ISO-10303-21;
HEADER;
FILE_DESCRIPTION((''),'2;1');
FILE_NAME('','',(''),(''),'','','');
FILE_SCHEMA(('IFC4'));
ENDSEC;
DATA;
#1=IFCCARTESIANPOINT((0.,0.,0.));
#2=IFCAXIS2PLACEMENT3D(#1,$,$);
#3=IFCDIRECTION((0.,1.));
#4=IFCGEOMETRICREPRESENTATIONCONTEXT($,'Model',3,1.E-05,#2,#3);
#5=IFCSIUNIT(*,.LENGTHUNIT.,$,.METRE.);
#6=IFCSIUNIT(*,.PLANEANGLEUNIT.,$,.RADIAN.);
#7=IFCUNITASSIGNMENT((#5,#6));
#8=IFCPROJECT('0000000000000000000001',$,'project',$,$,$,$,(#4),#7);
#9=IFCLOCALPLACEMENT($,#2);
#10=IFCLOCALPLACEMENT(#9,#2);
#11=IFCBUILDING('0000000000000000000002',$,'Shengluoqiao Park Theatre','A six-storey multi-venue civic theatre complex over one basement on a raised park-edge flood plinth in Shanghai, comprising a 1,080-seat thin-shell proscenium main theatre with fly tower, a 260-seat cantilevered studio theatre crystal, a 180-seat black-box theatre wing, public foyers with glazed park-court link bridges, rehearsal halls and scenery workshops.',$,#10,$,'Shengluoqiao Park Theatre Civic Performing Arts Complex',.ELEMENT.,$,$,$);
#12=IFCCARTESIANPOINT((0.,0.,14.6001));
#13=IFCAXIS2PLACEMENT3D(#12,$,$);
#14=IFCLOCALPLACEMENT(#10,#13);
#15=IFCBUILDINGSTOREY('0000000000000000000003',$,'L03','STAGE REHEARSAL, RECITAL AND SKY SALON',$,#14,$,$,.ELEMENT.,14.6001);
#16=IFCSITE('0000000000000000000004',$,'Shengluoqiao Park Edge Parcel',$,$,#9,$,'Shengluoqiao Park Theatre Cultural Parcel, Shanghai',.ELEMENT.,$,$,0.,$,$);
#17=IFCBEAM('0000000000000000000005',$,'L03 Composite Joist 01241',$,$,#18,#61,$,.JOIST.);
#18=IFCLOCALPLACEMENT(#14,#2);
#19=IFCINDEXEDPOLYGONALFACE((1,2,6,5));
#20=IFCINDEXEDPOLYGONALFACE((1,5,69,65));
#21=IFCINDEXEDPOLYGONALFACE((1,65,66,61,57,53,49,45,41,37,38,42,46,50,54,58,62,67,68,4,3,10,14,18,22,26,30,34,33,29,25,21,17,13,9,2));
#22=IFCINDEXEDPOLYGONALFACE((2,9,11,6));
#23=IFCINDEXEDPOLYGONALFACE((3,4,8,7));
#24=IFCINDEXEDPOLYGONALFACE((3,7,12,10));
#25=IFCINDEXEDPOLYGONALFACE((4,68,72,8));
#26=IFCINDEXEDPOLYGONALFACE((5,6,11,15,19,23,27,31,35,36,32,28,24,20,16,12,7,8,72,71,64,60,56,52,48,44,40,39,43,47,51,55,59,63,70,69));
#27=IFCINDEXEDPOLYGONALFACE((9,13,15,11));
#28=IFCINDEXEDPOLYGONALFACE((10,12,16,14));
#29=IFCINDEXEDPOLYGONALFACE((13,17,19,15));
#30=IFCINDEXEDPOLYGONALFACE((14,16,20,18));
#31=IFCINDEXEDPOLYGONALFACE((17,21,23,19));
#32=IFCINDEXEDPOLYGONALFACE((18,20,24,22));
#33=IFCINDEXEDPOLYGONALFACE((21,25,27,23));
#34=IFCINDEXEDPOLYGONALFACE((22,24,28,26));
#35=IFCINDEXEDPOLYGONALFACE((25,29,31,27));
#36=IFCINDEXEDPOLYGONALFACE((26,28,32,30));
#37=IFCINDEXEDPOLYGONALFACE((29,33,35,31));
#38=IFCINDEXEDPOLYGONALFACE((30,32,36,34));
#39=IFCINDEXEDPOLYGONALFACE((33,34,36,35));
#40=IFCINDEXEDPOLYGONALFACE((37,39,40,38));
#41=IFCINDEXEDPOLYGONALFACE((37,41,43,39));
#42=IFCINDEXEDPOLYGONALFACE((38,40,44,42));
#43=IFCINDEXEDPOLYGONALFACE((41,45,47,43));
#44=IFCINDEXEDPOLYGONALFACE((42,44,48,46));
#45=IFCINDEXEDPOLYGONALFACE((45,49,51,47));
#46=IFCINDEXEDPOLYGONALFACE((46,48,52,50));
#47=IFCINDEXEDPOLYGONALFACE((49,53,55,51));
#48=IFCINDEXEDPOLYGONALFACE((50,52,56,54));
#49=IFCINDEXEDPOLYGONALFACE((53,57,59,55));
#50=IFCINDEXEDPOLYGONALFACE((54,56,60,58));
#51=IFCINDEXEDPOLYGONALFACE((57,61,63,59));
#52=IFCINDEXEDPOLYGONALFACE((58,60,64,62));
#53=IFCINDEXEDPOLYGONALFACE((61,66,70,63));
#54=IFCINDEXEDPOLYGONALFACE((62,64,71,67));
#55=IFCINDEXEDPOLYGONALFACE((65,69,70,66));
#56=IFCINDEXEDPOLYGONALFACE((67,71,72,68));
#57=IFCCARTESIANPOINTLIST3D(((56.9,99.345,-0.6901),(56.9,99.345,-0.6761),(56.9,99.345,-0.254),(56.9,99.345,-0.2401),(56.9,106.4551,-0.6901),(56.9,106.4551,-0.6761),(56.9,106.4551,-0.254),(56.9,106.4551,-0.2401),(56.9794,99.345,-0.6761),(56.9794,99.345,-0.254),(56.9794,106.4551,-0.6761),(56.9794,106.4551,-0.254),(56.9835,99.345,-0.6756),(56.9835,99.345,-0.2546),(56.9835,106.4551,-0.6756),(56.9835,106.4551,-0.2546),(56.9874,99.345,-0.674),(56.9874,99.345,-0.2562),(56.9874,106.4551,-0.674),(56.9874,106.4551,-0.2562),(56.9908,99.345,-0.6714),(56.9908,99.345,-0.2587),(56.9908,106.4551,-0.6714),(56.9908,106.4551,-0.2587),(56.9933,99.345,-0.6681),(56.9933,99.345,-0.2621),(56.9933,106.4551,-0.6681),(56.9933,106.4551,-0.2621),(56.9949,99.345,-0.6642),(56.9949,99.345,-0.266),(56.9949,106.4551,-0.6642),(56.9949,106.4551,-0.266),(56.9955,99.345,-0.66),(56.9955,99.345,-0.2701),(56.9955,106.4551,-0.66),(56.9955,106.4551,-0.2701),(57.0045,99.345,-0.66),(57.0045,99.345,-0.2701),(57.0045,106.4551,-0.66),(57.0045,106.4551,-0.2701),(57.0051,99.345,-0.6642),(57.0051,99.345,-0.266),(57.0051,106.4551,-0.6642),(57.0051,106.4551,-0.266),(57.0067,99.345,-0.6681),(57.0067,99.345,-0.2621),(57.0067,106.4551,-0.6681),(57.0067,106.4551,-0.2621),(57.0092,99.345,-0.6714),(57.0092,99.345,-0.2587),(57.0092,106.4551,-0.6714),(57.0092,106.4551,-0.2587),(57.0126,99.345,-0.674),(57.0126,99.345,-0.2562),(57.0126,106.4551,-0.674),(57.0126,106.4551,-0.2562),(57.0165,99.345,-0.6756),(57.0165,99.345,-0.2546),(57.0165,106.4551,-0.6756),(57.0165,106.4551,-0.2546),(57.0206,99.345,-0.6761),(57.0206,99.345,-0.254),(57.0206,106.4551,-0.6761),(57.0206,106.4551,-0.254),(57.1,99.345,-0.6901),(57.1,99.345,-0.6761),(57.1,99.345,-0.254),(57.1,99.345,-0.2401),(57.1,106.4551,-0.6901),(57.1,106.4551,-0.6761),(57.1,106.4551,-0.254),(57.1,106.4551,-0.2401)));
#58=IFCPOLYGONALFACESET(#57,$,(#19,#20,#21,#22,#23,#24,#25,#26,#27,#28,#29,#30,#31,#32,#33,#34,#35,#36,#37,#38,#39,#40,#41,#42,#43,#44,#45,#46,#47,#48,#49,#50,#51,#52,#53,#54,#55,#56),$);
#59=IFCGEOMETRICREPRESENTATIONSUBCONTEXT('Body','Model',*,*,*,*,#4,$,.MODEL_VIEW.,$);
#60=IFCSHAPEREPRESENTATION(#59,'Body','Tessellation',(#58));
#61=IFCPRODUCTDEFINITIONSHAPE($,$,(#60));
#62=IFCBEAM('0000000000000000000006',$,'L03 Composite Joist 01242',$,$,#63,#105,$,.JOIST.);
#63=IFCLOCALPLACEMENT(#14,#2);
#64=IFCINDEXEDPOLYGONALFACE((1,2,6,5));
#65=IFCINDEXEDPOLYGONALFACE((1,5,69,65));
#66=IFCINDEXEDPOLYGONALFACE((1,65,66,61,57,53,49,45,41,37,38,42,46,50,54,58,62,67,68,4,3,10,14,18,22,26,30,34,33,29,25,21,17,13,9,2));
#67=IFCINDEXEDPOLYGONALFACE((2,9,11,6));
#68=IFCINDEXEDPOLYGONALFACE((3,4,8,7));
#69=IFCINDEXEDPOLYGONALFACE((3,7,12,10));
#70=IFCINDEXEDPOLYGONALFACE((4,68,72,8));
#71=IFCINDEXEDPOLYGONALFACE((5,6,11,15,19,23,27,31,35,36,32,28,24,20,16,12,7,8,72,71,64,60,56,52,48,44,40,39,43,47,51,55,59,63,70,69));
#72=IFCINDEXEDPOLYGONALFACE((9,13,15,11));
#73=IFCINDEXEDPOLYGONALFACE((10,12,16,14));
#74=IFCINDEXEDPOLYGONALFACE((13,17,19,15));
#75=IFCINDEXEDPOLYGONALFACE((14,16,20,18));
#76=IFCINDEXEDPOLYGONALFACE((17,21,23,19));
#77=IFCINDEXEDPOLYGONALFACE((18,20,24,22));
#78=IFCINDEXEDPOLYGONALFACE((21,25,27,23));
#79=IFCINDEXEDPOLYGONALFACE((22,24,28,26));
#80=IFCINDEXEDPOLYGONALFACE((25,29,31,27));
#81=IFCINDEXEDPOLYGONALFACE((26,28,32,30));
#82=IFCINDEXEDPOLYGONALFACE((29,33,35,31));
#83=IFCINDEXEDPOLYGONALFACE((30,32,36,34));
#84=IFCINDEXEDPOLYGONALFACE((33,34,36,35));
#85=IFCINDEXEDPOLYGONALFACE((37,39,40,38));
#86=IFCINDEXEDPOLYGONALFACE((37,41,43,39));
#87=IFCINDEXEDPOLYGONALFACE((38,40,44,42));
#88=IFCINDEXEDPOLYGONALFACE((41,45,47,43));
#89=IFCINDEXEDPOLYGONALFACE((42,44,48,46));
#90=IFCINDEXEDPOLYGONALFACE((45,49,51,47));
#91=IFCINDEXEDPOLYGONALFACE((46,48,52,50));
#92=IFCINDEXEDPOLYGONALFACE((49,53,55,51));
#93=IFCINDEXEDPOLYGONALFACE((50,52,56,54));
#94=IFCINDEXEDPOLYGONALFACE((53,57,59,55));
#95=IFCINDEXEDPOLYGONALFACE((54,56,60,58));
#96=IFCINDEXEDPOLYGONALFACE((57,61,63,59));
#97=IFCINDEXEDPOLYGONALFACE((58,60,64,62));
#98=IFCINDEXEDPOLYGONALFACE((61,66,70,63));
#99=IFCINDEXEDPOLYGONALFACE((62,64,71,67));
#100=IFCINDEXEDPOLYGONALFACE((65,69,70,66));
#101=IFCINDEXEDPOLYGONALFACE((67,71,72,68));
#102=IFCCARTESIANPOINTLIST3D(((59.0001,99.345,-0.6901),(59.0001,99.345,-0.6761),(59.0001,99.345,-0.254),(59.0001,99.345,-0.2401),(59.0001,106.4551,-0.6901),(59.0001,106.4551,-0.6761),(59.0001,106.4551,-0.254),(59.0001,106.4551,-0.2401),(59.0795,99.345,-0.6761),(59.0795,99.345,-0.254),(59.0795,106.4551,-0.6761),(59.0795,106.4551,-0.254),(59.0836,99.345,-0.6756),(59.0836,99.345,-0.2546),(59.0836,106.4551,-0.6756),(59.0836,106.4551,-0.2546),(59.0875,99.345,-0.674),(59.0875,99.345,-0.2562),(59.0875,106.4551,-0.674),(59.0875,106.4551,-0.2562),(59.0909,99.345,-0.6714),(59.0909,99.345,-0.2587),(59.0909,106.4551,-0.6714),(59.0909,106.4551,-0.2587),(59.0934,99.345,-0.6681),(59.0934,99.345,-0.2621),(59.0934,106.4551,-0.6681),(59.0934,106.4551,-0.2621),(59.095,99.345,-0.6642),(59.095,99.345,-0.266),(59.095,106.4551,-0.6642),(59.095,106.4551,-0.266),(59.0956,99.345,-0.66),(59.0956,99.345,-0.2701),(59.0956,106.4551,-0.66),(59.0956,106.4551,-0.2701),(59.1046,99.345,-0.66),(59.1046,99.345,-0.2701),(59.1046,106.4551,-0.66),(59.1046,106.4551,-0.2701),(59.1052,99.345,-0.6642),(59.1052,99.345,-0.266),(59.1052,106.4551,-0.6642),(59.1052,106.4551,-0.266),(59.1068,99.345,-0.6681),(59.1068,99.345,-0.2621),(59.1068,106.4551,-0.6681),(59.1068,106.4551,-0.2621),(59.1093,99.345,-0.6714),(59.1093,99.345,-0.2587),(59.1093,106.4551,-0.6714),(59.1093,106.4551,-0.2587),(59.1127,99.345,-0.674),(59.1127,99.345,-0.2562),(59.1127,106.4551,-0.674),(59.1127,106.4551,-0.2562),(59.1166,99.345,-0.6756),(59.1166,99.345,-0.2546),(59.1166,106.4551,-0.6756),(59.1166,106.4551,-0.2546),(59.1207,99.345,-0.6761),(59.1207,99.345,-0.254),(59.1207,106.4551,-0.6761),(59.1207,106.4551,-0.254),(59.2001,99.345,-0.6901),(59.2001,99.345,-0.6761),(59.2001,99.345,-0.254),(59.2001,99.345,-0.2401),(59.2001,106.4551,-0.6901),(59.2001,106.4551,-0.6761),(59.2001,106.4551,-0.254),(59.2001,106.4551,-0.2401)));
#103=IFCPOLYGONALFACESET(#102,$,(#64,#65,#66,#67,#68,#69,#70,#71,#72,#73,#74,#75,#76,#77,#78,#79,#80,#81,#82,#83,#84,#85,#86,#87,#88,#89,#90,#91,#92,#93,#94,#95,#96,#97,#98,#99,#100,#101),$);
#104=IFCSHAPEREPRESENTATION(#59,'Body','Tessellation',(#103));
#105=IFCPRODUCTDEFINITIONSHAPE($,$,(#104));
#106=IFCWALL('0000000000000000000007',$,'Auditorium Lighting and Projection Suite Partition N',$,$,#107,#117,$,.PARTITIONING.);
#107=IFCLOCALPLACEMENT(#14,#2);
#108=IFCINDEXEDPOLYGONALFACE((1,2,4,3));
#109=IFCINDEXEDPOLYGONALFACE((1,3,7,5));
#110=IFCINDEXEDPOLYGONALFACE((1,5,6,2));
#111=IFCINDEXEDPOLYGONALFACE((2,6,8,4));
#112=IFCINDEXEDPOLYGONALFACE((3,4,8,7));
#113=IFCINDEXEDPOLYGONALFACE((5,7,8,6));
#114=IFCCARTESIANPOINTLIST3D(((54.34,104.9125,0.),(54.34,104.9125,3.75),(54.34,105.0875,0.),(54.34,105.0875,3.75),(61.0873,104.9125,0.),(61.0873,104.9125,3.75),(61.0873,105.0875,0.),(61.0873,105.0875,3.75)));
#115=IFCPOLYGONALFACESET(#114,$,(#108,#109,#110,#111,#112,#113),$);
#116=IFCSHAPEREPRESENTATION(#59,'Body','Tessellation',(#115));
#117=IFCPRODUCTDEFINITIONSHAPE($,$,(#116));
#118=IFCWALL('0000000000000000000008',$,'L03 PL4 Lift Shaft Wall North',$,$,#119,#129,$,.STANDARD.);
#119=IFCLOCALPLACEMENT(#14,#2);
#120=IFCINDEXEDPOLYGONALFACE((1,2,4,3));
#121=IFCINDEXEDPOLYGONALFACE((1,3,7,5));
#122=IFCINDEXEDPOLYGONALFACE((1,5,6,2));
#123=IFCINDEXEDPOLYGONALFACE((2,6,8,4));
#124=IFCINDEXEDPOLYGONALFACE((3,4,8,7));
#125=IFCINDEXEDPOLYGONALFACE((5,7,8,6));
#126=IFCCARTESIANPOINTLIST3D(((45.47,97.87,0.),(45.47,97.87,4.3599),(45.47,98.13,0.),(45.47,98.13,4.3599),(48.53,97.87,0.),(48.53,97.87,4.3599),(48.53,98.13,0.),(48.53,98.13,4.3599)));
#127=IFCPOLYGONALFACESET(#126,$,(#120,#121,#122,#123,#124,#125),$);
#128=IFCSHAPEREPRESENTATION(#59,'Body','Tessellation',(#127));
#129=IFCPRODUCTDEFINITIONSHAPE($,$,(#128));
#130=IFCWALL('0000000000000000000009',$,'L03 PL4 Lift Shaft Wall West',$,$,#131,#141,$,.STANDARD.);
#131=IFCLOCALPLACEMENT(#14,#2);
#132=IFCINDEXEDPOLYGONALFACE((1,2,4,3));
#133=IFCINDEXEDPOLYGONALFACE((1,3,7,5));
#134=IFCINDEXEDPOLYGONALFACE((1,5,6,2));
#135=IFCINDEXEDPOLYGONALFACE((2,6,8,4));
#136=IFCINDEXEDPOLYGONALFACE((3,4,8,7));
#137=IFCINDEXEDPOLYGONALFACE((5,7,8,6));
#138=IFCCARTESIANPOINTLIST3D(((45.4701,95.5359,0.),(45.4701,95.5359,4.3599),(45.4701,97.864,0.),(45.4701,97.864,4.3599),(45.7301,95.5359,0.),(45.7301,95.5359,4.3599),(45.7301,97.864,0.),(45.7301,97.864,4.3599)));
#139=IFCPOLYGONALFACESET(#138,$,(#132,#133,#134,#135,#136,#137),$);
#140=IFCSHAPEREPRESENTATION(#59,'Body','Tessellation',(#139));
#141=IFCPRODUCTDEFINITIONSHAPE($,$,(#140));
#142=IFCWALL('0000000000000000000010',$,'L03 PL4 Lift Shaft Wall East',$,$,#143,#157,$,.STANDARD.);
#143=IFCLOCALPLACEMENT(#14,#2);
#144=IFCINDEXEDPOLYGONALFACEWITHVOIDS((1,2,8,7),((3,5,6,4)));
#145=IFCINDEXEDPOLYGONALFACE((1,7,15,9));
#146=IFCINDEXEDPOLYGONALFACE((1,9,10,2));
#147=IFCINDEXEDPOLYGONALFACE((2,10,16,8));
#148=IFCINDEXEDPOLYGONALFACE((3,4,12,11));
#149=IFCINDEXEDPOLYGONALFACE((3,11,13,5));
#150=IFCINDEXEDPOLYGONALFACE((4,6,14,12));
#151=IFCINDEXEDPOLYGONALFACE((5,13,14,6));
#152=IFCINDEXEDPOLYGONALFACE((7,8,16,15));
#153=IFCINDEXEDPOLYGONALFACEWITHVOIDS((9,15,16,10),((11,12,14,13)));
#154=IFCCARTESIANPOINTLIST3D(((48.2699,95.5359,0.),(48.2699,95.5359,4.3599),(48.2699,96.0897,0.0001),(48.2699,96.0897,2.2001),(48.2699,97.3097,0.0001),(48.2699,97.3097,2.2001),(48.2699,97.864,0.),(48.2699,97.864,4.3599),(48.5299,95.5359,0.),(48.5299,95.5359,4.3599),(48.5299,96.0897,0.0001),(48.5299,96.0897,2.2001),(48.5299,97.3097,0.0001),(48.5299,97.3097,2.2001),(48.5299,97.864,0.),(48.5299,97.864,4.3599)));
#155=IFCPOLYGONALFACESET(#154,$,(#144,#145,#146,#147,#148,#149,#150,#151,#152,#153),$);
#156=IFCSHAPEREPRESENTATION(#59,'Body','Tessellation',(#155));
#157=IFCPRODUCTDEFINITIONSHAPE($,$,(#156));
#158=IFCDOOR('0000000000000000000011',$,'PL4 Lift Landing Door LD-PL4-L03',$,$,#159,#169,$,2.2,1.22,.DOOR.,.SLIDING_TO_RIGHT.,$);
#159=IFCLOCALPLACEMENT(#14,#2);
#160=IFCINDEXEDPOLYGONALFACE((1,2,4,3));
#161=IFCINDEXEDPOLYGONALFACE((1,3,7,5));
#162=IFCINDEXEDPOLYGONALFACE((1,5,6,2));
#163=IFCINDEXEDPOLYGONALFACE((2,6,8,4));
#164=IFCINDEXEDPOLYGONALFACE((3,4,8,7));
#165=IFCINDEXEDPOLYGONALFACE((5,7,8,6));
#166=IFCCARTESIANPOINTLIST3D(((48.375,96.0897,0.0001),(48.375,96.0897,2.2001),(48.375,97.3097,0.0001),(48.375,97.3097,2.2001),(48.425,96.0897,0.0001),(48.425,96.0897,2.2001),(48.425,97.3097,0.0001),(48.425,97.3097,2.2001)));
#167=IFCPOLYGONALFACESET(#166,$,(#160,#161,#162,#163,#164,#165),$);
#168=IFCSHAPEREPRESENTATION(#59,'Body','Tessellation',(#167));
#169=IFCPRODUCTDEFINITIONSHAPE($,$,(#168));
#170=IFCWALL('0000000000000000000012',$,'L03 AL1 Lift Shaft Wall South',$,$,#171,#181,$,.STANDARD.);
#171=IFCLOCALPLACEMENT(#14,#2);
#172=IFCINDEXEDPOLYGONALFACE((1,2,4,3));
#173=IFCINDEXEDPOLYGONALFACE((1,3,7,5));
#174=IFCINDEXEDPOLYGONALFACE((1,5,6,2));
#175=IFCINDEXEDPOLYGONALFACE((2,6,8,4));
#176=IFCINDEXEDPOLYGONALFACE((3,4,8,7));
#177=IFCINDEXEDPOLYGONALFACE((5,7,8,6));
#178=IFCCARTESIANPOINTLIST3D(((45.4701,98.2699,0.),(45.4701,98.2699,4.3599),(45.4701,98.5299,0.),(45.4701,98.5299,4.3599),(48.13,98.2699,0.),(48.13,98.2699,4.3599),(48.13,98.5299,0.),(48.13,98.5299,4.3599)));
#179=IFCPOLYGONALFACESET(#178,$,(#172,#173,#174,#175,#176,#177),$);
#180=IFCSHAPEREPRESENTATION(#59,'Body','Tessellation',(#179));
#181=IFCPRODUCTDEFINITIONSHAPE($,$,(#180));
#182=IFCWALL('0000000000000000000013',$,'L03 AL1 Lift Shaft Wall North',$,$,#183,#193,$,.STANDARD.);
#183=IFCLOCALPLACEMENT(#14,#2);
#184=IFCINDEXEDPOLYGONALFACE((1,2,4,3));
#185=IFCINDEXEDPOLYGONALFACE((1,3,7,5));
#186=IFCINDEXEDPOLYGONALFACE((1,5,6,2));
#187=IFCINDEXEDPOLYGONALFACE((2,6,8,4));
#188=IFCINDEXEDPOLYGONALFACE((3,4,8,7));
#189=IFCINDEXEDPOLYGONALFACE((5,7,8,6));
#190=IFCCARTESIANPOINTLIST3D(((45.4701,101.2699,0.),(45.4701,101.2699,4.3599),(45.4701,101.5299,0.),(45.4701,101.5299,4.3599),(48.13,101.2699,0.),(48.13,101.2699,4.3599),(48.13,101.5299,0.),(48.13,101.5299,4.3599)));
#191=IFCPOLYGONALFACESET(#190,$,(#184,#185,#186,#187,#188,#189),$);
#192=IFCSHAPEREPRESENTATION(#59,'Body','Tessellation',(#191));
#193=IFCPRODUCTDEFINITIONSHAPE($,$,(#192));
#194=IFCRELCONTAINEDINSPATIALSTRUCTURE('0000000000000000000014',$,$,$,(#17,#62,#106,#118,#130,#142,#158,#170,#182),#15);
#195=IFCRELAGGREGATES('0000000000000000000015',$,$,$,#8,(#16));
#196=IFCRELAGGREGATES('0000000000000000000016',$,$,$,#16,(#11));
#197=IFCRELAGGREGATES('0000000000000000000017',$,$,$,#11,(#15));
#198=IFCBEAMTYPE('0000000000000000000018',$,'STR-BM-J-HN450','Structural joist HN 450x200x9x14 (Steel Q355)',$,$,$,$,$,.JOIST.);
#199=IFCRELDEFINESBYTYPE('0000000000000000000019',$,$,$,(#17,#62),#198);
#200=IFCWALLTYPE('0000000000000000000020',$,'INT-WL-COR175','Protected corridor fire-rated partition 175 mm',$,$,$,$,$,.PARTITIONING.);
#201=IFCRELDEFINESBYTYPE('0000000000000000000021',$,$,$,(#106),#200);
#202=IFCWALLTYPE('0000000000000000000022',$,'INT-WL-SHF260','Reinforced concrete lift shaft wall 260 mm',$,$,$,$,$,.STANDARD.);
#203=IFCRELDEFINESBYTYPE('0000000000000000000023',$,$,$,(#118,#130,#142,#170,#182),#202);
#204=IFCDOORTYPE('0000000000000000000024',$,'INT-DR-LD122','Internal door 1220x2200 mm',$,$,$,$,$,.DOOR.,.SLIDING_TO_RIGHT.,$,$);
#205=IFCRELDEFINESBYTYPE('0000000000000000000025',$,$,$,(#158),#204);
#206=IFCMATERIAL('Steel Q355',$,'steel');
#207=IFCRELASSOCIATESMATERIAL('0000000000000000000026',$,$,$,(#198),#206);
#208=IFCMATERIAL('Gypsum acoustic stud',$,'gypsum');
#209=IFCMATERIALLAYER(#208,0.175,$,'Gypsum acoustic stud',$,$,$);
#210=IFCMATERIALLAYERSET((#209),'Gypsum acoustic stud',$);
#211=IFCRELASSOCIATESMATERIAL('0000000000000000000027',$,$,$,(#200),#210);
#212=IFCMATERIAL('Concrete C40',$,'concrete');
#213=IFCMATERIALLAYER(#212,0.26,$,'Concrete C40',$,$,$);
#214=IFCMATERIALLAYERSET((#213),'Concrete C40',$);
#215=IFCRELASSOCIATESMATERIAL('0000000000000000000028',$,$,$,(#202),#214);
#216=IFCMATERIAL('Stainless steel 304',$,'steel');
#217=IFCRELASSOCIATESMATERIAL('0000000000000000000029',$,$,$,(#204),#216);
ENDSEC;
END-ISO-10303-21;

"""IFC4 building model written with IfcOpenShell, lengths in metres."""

from ifc_helpers import new_model, si_unit, direction, frame, frame_2d, origin, origin_2d, place, context, subcontext, project, spatial, rectangle, i_section, extrude, material, layer, layer_set, material_profile, profile_set, type_object, element, fill, save


model = new_model("IFC4")

# Units and contexts
model_context = context("Model", 3, precision=1e-05, world=origin(), true_north=direction((0.0, 1.0)))
body_context = subcontext(model_context, "Body", "Model", "MODEL_VIEW")
ifc_project = project(units=[si_unit("LENGTHUNIT", "METRE"), si_unit("PLANEANGLEUNIT", "RADIAN")], contexts=[model_context])

# Site, building, storey
site_placement = place(None, origin())
site = spatial("IfcSite", under=ifc_project, at=site_placement, Name="Shengluoqiao Park Edge Parcel", LongName="Shengluoqiao Park Theatre Cultural Parcel, Shanghai", CompositionType="ELEMENT", RefElevation=0.0)
building_placement = place(site_placement, origin())
building = spatial("IfcBuilding", under=site, at=building_placement, Name="Shengluoqiao Park Theatre", Description="A six-storey multi-venue civic theatre complex over one basement on a raised park-edge flood plinth in Shanghai, comprising a 1,080-seat thin-shell proscenium main theatre with fly tower, a 260-seat cantilevered studio theatre crystal, a 180-seat black-box theatre wing, public foyers with glazed park-court link bridges, rehearsal halls and scenery workshops.", LongName="Shengluoqiao Park Theatre Civic Performing Arts Complex", CompositionType="ELEMENT")
storey_placement = place(building_placement, frame((0.0, 0.0, 14.6001)))
storey = spatial("IfcBuildingStorey", under=building, at=storey_placement, Name="L03", Description="STAGE REHEARSAL, RECITAL AND SKY SALON", CompositionType="ELEMENT", Elevation=14.6001)

# Beams
ifc_material_1 = material(Name="Steel Q355", Category="steel")
ifc_material_profile_1 = material_profile(ifc_material_1, i_section(OverallWidth=0.2, OverallDepth=0.45, WebThickness=0.009, FlangeThickness=0.0139, FilletRadius=0.0161, at=origin_2d()), Name="HN 450x200x9x14")
ifc_profile_set_1 = profile_set([ifc_material_profile_1], Name="Steel Q355")
beam_type_1 = type_object("IfcBeamType", Name="STR-BM-J-HN450", Description="Structural joist HN 450x200x9x14 (Steel Q355)", PredefinedType="JOIST", material=ifc_profile_set_1)
for number, where, z_axis, x_axis, name in (
    (1, (57.0, 99.345, -0.4651), (0.0, 1.0, 0.0), (-1.0, 0.0, 0.0), "L03 Composite Joist 01241"),
    (2, (59.1001, 99.345, -0.4651), (0.0, 1.0, 0.0), (-1.0, 0.0, 0.0), "L03 Composite Joist 01242"),
):
    element("IfcBeam", number, at=place(storey_placement, frame(where, z_axis=z_axis, x_axis=x_axis)), inside=storey, type_object=beam_type_1, Name=name, PredefinedType="JOIST", context=body_context, shape_type="SweptSolid", body=[
        extrude(i_section(OverallWidth=0.2, OverallDepth=0.45, WebThickness=0.009, FlangeThickness=0.0139, FilletRadius=0.0161, at=origin_2d()), origin(), (0.0, 0.0, 1.0), 7.1101),
    ])

# Walls
ifc_material_2 = material(Name="Gypsum acoustic stud", Category="gypsum")
ifc_layer_1 = layer(ifc_material_2, 0.175, Name="Gypsum acoustic stud")
ifc_layer_set_1 = layer_set([ifc_layer_1], Name="Gypsum acoustic stud")
wall_type_1 = type_object("IfcWallType", Name="INT-WL-COR175", Description="Protected corridor fire-rated partition 175 mm", PredefinedType="PARTITIONING", material=ifc_layer_set_1)
wall_1_placement = place(storey_placement, frame((54.3401, 105.0, 0.0), z_axis=(0.0, 0.0, 1.0), x_axis=(1.0, 0.0, 0.0)))
element("IfcWall", 3, at=wall_1_placement, inside=storey, type_object=wall_type_1, Name="Auditorium Lighting and Projection Suite Partition N", PredefinedType="PARTITIONING", context=body_context, shape_type="SweptSolid", body=[
    extrude(rectangle(XDim=6.7473, YDim=0.175, at=frame_2d((3.3735, 0.0))), origin(), (0.0, 0.0, 1.0), 3.75),
])
ifc_material_3 = material(Name="Concrete C40", Category="concrete")
ifc_layer_2 = layer(ifc_material_3, 0.26, Name="Concrete C40")
ifc_layer_set_2 = layer_set([ifc_layer_2], Name="Concrete C40")
wall_type_2 = type_object("IfcWallType", Name="INT-WL-SHF260", Description="Reinforced concrete lift shaft wall 260 mm", PredefinedType="STANDARD", material=ifc_layer_set_2)
wall_2_placement = place(storey_placement, frame((45.47, 98.0, 0.0), z_axis=(0.0, 0.0, 1.0), x_axis=(1.0, 0.0, 0.0)))
element("IfcWall", 4, at=wall_2_placement, inside=storey, type_object=wall_type_2, Name="L03 PL4 Lift Shaft Wall North", PredefinedType="STANDARD", context=body_context, shape_type="SweptSolid", body=[
    extrude(rectangle(XDim=3.0601, YDim=0.26, at=frame_2d((1.53, 0.0))), origin(), (0.0, 0.0, 1.0), 4.3599),
])
wall_3_placement = place(storey_placement, frame((45.6001, 95.5359, 0.0), z_axis=(0.0, 0.0, 1.0), x_axis=(0.0, 1.0, 0.0)))
element("IfcWall", 5, at=wall_3_placement, inside=storey, type_object=wall_type_2, Name="L03 PL4 Lift Shaft Wall West", PredefinedType="STANDARD", context=body_context, shape_type="SweptSolid", body=[
    extrude(rectangle(XDim=2.3281, YDim=0.26, at=frame_2d((1.1641, 0.0))), origin(), (0.0, 0.0, 1.0), 4.3599),
])

# Wall, opening, door
wall_4_placement = place(storey_placement, frame((48.3999, 95.5359, 0.0), z_axis=(0.0, 0.0, 1.0), x_axis=(0.0, 1.0, 0.0)))
wall_4 = element("IfcWall", 6, at=wall_4_placement, inside=storey, type_object=wall_type_2, Name="L03 PL4 Lift Shaft Wall East", PredefinedType="STANDARD", context=body_context, shape_type="SweptSolid", body=[
    extrude(rectangle(XDim=2.3281, YDim=0.26, at=frame_2d((1.1641, 0.0))), origin(), (0.0, 0.0, 1.0), 4.3599),
])
opening_1_placement = place(wall_4_placement, frame((0.554, 0.0, 0.0)))
opening_1 = element("IfcOpeningElement", 7, at=opening_1_placement, cuts=wall_4, PredefinedType="OPENING", context=body_context, shape_type="SweptSolid", body=[
    extrude(rectangle(XDim=1.22, YDim=2.2, at=frame_2d((0.6099, 1.1001))), frame((0.0, 0.1399, 0.0), z_axis=(0.0, -1.0, 0.0), x_axis=(1.0, 0.0, 0.0)), (0.0, 0.0, 1.0), 0.28),
])
ifc_material_4 = material(Name="Stainless steel 304", Category="steel")
door_type_1 = type_object("IfcDoorType", Name="INT-DR-LD122", Description="Internal door 1220x2200 mm", OperationType="SLIDING_TO_RIGHT", PredefinedType="DOOR", material=ifc_material_4)
door_1_placement = place(opening_1_placement, origin())
door_1 = element("IfcDoor", 8, at=door_1_placement, inside=storey, type_object=door_type_1, Name="PL4 Lift Landing Door LD-PL4-L03", OperationType="SLIDING_TO_RIGHT", OverallHeight=2.2, OverallWidth=1.22, PredefinedType="DOOR", context=body_context, shape_type="SweptSolid", body=[
    extrude(rectangle(XDim=1.22, YDim=2.2, at=frame_2d((0.6099, 1.1001))), frame((0.0, 0.0249, 0.0), z_axis=(0.0, -1.0, 0.0), x_axis=(1.0, 0.0, 0.0)), (0.0, 0.0, 1.0), 0.05),
])
fill(opening_1, door_1)

# Walls
for number, where, z_axis, x_axis, name in (
    (9, (45.47, 98.3999, 0.0), (0.0, 0.0, 1.0), (1.0, 0.0, 0.0), "L03 AL1 Lift Shaft Wall South"),
    (10, (45.47, 101.3999, 0.0), (0.0, 0.0, 1.0), (1.0, 0.0, 0.0), "L03 AL1 Lift Shaft Wall North"),
):
    element("IfcWall", number, at=place(storey_placement, frame(where, z_axis=z_axis, x_axis=x_axis)), inside=storey, type_object=wall_type_2, Name=name, PredefinedType="STANDARD", context=body_context, shape_type="SweptSolid", body=[
        extrude(rectangle(XDim=2.6599, YDim=0.26, at=frame_2d((1.3301, 0.0))), origin(), (0.0, 0.0, 1.0), 4.3599),
    ])

save(model, "model.ifc")
